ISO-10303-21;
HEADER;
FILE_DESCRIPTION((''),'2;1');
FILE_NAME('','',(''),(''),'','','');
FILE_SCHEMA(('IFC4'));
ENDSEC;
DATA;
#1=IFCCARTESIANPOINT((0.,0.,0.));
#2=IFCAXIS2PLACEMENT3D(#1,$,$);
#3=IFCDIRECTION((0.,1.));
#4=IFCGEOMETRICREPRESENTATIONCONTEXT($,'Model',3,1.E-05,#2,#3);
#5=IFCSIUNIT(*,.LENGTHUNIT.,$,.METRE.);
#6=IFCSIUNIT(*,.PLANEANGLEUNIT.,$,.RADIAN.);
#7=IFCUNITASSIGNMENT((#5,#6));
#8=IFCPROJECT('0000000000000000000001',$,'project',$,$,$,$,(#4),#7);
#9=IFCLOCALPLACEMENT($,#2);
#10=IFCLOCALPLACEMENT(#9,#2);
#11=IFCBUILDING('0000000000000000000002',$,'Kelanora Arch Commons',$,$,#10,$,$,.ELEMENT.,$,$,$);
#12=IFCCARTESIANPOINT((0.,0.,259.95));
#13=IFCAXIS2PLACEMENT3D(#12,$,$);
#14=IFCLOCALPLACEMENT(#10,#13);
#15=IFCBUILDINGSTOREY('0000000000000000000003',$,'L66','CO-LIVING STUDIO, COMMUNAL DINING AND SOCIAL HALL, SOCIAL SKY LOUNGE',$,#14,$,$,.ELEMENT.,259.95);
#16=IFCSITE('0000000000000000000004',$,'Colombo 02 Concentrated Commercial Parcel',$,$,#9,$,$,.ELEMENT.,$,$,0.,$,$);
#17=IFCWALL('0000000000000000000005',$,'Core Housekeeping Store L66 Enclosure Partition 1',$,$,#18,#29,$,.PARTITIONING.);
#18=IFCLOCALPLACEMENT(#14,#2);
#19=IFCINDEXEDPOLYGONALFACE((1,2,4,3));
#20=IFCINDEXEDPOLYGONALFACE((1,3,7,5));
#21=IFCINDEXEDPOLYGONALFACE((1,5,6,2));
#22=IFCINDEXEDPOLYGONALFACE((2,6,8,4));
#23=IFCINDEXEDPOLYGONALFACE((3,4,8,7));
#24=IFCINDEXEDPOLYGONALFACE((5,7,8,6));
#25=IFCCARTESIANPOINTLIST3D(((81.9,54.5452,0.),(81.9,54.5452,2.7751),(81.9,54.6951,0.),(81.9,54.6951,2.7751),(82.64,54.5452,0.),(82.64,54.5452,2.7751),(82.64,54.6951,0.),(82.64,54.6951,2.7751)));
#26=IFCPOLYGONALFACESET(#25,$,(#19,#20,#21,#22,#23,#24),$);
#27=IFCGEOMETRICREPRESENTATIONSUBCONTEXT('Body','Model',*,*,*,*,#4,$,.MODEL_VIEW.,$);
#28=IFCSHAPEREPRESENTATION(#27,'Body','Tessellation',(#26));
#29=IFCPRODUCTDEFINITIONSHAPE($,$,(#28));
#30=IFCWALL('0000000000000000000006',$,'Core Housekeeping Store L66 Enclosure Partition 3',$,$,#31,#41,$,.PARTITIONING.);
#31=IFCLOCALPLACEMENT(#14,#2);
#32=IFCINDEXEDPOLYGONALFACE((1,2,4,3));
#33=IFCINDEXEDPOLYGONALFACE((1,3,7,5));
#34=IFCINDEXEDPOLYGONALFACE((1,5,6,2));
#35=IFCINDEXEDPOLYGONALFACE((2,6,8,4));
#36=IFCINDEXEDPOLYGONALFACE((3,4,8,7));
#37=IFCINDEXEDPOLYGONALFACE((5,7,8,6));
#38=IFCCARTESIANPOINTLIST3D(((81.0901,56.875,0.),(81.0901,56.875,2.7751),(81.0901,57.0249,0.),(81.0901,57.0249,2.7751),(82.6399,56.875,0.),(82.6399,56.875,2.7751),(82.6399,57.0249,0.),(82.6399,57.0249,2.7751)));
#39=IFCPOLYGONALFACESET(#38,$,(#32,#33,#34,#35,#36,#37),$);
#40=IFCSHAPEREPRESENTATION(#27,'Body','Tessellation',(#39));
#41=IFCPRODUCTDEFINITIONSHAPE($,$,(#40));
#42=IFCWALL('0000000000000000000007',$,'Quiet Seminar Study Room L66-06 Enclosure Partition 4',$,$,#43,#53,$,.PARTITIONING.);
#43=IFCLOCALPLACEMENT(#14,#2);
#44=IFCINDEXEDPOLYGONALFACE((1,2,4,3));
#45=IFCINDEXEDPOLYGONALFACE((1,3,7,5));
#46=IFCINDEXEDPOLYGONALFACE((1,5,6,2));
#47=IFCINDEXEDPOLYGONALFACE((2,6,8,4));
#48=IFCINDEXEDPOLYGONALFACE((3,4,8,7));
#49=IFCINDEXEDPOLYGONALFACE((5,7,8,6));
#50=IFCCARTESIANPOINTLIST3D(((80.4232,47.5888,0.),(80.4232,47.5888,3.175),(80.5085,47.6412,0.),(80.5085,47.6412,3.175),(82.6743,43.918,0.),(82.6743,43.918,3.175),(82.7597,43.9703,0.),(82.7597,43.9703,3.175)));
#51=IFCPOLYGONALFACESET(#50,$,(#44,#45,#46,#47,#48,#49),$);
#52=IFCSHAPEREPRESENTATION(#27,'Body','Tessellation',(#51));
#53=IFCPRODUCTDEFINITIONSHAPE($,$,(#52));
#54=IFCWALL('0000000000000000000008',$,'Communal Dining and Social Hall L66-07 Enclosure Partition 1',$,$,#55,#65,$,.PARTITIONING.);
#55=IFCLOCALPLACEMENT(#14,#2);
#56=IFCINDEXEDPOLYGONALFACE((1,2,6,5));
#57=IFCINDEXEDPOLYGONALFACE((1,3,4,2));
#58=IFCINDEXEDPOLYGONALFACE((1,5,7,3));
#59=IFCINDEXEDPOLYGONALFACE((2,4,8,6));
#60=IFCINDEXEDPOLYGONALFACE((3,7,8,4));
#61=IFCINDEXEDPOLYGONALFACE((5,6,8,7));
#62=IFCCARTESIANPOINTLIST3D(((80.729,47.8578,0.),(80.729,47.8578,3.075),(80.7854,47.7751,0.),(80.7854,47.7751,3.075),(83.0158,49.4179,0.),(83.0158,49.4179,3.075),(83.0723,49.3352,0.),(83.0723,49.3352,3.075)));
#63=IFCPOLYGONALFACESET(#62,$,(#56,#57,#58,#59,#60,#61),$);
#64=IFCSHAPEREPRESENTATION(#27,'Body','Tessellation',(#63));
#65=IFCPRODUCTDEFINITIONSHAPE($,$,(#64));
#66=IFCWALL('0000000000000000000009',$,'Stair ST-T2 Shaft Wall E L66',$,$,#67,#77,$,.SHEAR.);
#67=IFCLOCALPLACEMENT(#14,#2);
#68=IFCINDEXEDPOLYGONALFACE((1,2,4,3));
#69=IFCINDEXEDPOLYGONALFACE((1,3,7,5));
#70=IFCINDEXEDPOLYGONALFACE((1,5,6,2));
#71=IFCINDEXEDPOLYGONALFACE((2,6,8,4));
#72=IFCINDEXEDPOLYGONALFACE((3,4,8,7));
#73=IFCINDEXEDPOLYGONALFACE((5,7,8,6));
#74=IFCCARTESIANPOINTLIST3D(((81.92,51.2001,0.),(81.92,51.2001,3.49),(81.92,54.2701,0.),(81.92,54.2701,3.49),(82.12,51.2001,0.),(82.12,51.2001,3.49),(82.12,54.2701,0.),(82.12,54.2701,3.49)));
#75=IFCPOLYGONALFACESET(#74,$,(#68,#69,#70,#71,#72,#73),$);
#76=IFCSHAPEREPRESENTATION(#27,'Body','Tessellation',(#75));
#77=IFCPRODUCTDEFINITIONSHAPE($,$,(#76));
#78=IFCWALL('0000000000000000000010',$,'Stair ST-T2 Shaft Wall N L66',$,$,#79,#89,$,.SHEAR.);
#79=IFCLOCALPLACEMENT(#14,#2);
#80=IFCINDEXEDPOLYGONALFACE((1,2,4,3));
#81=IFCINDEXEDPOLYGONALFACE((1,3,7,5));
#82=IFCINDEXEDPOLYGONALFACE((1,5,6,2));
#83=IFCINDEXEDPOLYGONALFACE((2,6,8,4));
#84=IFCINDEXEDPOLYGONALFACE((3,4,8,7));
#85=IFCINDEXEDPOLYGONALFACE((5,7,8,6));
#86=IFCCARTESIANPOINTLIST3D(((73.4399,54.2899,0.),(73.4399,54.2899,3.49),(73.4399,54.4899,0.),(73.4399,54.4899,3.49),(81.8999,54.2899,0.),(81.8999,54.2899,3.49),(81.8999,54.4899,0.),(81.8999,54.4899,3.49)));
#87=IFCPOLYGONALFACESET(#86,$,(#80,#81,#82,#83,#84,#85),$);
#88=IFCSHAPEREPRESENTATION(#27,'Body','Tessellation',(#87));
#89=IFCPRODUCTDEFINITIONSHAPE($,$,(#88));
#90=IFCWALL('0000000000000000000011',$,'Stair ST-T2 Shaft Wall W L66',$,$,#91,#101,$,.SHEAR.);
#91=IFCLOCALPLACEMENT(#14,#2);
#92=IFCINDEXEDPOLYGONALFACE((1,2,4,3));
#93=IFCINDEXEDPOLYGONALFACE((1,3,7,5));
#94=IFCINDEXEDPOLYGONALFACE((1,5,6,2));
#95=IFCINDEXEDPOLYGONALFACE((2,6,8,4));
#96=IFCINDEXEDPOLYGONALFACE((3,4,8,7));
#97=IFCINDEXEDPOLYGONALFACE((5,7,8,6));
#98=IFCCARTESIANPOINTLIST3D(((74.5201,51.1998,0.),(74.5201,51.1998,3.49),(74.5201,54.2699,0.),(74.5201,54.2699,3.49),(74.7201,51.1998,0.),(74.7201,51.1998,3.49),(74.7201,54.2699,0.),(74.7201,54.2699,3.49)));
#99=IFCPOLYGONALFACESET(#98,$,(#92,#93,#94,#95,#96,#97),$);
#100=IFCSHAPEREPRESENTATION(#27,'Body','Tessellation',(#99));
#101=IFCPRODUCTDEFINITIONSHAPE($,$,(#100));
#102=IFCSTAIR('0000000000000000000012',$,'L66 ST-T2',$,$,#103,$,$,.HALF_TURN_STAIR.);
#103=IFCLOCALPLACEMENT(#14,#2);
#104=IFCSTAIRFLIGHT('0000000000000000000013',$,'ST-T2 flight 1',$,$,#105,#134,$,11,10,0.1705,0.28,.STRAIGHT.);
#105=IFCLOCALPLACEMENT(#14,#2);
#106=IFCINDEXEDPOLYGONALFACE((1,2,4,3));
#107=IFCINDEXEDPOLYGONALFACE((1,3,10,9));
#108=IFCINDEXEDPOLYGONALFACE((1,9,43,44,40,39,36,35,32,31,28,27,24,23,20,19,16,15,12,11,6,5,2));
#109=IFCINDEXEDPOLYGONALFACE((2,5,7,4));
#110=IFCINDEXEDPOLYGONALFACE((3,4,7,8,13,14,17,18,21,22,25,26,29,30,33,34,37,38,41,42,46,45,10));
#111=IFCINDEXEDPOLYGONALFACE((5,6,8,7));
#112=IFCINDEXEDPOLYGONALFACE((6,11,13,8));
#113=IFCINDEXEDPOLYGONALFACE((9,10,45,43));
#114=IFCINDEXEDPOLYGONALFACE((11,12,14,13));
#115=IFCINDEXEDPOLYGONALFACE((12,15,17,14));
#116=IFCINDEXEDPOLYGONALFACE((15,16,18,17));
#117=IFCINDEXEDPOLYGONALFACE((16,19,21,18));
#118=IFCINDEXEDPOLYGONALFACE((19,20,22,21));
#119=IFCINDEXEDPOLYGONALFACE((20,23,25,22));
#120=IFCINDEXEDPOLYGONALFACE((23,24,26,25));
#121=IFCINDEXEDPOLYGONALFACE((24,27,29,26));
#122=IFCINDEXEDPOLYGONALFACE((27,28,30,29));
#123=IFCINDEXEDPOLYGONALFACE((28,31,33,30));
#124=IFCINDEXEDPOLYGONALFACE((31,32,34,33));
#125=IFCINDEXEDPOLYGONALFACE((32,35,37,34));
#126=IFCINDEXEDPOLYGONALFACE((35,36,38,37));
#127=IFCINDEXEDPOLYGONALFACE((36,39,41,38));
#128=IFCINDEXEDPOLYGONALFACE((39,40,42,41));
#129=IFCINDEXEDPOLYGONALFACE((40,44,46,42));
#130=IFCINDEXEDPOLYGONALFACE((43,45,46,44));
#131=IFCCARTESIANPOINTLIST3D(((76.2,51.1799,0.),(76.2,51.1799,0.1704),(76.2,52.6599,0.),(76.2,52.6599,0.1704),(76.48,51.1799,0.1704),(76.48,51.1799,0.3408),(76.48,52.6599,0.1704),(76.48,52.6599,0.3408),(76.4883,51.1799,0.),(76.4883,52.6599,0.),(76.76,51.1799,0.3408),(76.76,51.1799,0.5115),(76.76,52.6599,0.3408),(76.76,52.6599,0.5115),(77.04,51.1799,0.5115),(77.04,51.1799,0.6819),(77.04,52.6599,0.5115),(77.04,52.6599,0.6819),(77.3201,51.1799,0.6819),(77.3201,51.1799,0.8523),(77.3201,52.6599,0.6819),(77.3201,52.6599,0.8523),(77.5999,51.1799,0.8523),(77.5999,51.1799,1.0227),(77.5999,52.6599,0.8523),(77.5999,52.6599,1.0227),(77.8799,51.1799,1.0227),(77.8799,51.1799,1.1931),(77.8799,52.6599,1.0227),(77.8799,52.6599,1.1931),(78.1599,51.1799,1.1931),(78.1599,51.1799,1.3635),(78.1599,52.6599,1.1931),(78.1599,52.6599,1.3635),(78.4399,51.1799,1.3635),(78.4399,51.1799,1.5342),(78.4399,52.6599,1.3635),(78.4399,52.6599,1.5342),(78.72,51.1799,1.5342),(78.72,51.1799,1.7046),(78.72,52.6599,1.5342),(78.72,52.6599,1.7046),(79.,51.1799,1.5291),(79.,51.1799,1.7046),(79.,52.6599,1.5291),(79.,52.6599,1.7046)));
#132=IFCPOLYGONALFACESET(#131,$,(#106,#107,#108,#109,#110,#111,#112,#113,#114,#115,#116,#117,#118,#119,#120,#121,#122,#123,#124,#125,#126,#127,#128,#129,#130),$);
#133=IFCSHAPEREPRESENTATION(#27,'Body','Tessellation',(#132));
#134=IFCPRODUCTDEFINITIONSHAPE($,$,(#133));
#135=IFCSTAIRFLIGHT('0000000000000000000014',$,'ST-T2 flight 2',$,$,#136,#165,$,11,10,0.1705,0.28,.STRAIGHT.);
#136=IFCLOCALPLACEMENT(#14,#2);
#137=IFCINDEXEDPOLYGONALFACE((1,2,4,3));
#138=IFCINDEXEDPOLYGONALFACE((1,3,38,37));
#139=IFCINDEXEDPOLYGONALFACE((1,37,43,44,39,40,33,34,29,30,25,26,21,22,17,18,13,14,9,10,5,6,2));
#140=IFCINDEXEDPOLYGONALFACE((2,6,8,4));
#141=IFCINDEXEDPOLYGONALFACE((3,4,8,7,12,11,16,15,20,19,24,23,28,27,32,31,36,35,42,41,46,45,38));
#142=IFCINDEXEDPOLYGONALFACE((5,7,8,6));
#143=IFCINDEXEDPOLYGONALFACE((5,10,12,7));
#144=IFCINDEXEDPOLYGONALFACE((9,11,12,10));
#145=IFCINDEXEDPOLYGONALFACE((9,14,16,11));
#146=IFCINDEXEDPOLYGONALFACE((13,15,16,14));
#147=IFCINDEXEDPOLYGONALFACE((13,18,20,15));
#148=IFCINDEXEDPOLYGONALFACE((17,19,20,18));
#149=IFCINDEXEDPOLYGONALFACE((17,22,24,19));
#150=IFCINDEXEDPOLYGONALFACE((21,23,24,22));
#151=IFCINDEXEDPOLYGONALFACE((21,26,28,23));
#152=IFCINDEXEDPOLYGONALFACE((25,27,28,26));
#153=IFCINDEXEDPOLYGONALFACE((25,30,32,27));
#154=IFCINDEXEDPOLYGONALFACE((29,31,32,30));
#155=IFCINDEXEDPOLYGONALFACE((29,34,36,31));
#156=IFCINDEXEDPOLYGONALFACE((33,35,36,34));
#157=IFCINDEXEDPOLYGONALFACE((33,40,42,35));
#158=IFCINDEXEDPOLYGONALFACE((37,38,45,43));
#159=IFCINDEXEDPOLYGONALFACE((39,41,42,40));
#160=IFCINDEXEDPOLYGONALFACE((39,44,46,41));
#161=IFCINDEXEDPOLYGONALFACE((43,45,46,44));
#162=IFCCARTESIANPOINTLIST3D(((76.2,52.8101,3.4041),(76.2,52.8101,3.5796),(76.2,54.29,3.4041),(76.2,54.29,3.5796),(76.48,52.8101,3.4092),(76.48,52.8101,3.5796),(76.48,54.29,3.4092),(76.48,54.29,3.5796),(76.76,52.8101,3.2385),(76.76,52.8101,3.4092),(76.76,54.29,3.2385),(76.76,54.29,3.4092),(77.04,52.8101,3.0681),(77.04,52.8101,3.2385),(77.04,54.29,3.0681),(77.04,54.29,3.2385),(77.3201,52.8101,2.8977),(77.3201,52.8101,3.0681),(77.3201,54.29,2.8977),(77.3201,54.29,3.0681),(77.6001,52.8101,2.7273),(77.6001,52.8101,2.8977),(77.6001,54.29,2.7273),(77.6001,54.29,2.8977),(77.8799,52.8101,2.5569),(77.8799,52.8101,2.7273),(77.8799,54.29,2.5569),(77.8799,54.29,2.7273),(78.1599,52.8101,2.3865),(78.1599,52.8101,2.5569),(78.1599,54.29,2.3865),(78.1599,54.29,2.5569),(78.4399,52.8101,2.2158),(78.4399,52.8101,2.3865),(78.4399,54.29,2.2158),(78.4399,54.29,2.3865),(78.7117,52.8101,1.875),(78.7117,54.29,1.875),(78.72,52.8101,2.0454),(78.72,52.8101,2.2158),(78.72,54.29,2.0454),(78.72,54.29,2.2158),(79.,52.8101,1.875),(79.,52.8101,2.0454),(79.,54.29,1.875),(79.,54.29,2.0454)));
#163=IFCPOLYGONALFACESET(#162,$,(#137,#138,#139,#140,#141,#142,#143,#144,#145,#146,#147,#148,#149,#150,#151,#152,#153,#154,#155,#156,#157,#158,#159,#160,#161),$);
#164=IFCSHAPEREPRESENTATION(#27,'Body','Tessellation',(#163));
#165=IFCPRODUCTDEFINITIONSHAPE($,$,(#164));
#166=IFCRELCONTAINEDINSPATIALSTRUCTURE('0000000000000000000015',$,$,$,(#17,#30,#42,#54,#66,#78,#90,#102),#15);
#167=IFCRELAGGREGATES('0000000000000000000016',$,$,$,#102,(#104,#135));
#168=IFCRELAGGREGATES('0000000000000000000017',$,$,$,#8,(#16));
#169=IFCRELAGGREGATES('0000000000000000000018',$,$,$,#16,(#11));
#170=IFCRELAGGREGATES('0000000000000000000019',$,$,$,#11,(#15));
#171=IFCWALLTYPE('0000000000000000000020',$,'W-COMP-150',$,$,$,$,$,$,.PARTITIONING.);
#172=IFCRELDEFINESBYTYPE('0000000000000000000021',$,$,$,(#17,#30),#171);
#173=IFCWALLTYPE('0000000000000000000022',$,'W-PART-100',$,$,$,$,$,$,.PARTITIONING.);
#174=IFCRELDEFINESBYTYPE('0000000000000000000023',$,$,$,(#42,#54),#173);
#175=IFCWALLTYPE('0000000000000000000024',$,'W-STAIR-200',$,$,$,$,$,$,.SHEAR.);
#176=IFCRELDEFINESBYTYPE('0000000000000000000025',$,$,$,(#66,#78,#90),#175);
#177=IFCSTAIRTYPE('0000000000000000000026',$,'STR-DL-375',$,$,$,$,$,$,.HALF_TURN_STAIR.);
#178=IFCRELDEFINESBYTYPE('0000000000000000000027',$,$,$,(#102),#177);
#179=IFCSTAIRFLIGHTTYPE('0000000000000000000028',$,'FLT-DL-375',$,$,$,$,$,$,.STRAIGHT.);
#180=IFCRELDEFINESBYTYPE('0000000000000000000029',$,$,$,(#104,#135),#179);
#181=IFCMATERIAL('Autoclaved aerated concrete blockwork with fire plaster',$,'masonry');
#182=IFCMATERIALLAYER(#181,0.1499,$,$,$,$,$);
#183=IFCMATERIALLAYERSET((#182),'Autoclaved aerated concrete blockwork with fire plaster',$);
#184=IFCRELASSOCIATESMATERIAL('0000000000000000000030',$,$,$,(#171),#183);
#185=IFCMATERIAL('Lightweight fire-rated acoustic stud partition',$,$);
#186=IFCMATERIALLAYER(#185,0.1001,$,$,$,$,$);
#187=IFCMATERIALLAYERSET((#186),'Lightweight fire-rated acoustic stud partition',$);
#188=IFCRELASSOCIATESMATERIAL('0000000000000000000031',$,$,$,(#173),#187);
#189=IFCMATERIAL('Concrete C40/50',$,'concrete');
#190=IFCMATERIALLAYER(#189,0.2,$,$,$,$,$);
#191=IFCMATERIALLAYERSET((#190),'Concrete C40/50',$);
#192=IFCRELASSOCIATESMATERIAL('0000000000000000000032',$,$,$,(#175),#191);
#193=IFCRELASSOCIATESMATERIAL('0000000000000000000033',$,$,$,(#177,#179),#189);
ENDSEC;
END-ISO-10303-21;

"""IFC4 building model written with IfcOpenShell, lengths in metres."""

from ifc_helpers import new_model, si_unit, direction, frame, frame_2d, origin, place, context, subcontext, project, spatial, polyline, rectangle, outline, extrude, material, layer, layer_set, type_object, element, aggregate, save


model = new_model("IFC4")

# Units and contexts
model_context = context("Model", 3, precision=1e-05, world=origin(), true_north=direction((0.0, 1.0)))
body_context = subcontext(model_context, "Body", "Model", "MODEL_VIEW")
ifc_project = project(units=[si_unit("LENGTHUNIT", "METRE"), si_unit("PLANEANGLEUNIT", "RADIAN")], contexts=[model_context])

# Site, building, storey
site_placement = place(None, origin())
site = spatial("IfcSite", under=ifc_project, at=site_placement, Name="Colombo 02 Concentrated Commercial Parcel", CompositionType="ELEMENT", RefElevation=0.0)
building_placement = place(site_placement, origin())
building = spatial("IfcBuilding", under=site, at=building_placement, Name="Kelanora Arch Commons", CompositionType="ELEMENT")
storey_placement = place(building_placement, frame((0.0, 0.0, 259.95)))
storey = spatial("IfcBuildingStorey", under=building, at=storey_placement, Name="L66", Description="CO-LIVING STUDIO, COMMUNAL DINING AND SOCIAL HALL, SOCIAL SKY LOUNGE", CompositionType="ELEMENT", Elevation=259.95)

# Shared definitions
ifc_material_1 = material(Name="Autoclaved aerated concrete blockwork with fire plaster", Category="masonry")
ifc_layer_1 = layer(ifc_material_1, 0.1499)
ifc_layer_set_1 = layer_set([ifc_layer_1], Name="Autoclaved aerated concrete blockwork with fire plaster")
wall_type_1 = type_object("IfcWallType", Name="W-COMP-150", PredefinedType="PARTITIONING", material=ifc_layer_set_1)

# Walls
wall_1_placement = place(storey_placement, frame((81.8999, 54.6201, 0.0), z_axis=(0.0, 0.0, 1.0), x_axis=(1.0, 0.0, 0.0)))
element("IfcWall", 1, at=wall_1_placement, inside=storey, type_object=wall_type_1, Name="Core Housekeeping Store L66 Enclosure Partition 1", PredefinedType="PARTITIONING", context=body_context, shape_type="SweptSolid", body=[
    extrude(rectangle(XDim=0.74, YDim=0.1499, at=frame_2d((0.3701, 0.0))), origin(), (0.0, 0.0, 1.0), 2.7751),
])
wall_2_placement = place(storey_placement, frame((82.6399, 56.95, 0.0), z_axis=(0.0, 0.0, 1.0), x_axis=(-1.0, 0.0, 0.0)))
element("IfcWall", 2, at=wall_2_placement, inside=storey, type_object=wall_type_1, Name="Core Housekeeping Store L66 Enclosure Partition 3", PredefinedType="PARTITIONING", context=body_context, shape_type="SweptSolid", body=[
    extrude(rectangle(XDim=1.5498, YDim=0.1499, at=frame_2d((0.7749, 0.0))), origin(), (0.0, 0.0, 1.0), 2.7751),
])
ifc_material_2 = material(Name="Lightweight fire-rated acoustic stud partition")
ifc_layer_2 = layer(ifc_material_2, 0.1001)
ifc_layer_set_2 = layer_set([ifc_layer_2], Name="Lightweight fire-rated acoustic stud partition")
wall_type_2 = type_object("IfcWallType", Name="W-PART-100", PredefinedType="PARTITIONING", material=ifc_layer_set_2)
wall_3_placement = place(storey_placement, frame((80.4658, 47.615, 0.0), z_axis=(0.0, 0.0, 1.0), x_axis=(0.522784, -0.852465, 0.0)))
element("IfcWall", 3, at=wall_3_placement, inside=storey, type_object=wall_type_2, Name="Quiet Seminar Study Room L66-06 Enclosure Partition 4", PredefinedType="PARTITIONING", context=body_context, shape_type="SweptSolid", body=[
    extrude(rectangle(XDim=4.3062, YDim=0.1001, at=frame_2d((2.1531, 0.0))), origin(), (0.0, 0.0, 1.0), 3.175),
])
wall_4_placement = place(storey_placement, frame((80.7571, 47.8164, 0.0), z_axis=(0.0, 0.0, 1.0), x_axis=(0.826087, 0.563542, 0.0)))
element("IfcWall", 4, at=wall_4_placement, inside=storey, type_object=wall_type_2, Name="Communal Dining and Social Hall L66-07 Enclosure Partition 1", PredefinedType="PARTITIONING", context=body_context, shape_type="SweptSolid", body=[
    extrude(rectangle(XDim=2.7683, YDim=0.1001, at=frame_2d((1.3843, 0.0))), origin(), (0.0, 0.0, 1.0), 3.075),
])
ifc_material_3 = material(Name="Concrete C40/50", Category="concrete")
ifc_layer_3 = layer(ifc_material_3, 0.2)
ifc_layer_set_3 = layer_set([ifc_layer_3], Name="Concrete C40/50")
wall_type_3 = type_object("IfcWallType", Name="W-STAIR-200", PredefinedType="SHEAR", material=ifc_layer_set_3)
wall_5_placement = place(storey_placement, frame((82.02, 51.2, 0.0), z_axis=(0.0, 0.0, 1.0), x_axis=(0.0, 1.0, 0.0)))
element("IfcWall", 5, at=wall_5_placement, inside=storey, type_object=wall_type_3, Name="Stair ST-T2 Shaft Wall E L66", PredefinedType="SHEAR", context=body_context, shape_type="SweptSolid", body=[
    extrude(rectangle(XDim=3.0701, YDim=0.2, at=frame_2d((1.5352, 0.0))), origin(), (0.0, 0.0, 1.0), 3.49),
])
wall_6_placement = place(storey_placement, frame((81.8999, 54.3899, 0.0), z_axis=(0.0, 0.0, 1.0), x_axis=(-1.0, 0.0, 0.0)))
element("IfcWall", 6, at=wall_6_placement, inside=storey, type_object=wall_type_3, Name="Stair ST-T2 Shaft Wall N L66", PredefinedType="SHEAR", context=body_context, shape_type="SweptSolid", body=[
    extrude(rectangle(XDim=8.46, YDim=0.2, at=frame_2d((4.23, 0.0))), origin(), (0.0, 0.0, 1.0), 3.49),
])
wall_7_placement = place(storey_placement, frame((74.6201, 54.27, 0.0), z_axis=(0.0, 0.0, 1.0), x_axis=(0.0, -1.0, 0.0)))
element("IfcWall", 7, at=wall_7_placement, inside=storey, type_object=wall_type_3, Name="Stair ST-T2 Shaft Wall W L66", PredefinedType="SHEAR", context=body_context, shape_type="SweptSolid", body=[
    extrude(rectangle(XDim=3.0701, YDim=0.2, at=frame_2d((1.5352, 0.0))), origin(), (0.0, 0.0, 1.0), 3.49),
])

# Stair, stair flights
stair_type = type_object("IfcStairType", Name="STR-DL-375", PredefinedType="HALF_TURN_STAIR", material=ifc_material_3)
stair_placement = place(storey_placement, origin())
stair = element("IfcStair", 8, at=stair_placement, inside=storey, type_object=stair_type, Name="L66 ST-T2", PredefinedType="HALF_TURN_STAIR")
stair_flight_type = type_object("IfcStairFlightType", Name="FLT-DL-375", PredefinedType="STRAIGHT", material=ifc_material_3)
stair_flight_1_placement = place(storey_placement, frame((76.2, 51.9199, 0.0), z_axis=(0.0, 0.0, 1.0), x_axis=(1.0, 0.0, 0.0)))
stair_flight_1 = element("IfcStairFlight", 9, at=stair_flight_1_placement, type_object=stair_flight_type, Name="ST-T2 flight 1", NumberOfRisers=11, NumberOfTreads=10, PredefinedType="STRAIGHT", RiserHeight=0.1705, TreadLength=0.28, context=body_context, shape_type="SweptSolid", body=[
    extrude(outline(polyline([(0.0, 0.0), (0.0, 0.1704), (0.28, 0.1704), (0.28, 0.3408), (0.5601, 0.3408), (0.5601, 0.5115), (0.8401, 0.5115), (0.8401, 0.6819), (1.1201, 0.6819), (1.1201, 0.8523), (1.3999, 0.8523), (1.3999, 1.0227), (1.6799, 1.0227), (1.6799, 1.1931), (1.96, 1.1931), (1.96, 1.3635), (2.24, 1.3635), (2.24, 1.5342), (2.52, 1.5342), (2.52, 1.7046), (2.8, 1.7046), (2.8, 1.875), (2.8, 1.5291), (0.2883, 0.0), (0.0, 0.0)])), frame((0.0, 0.74, 0.0), z_axis=(0.0, -1.0, 0.0), x_axis=(1.0, 0.0, 0.0)), (0.0, 0.0, 1.0), 1.48),
])
stair_flight_2_placement = place(storey_placement, frame((79.0, 53.55, 1.875), z_axis=(0.0, 0.0, 1.0), x_axis=(-1.0, 0.0, 0.0)))
stair_flight_2 = element("IfcStairFlight", 10, at=stair_flight_2_placement, type_object=stair_flight_type, Name="ST-T2 flight 2", NumberOfRisers=11, NumberOfTreads=10, PredefinedType="STRAIGHT", RiserHeight=0.1705, TreadLength=0.28, context=body_context, shape_type="SweptSolid", body=[
    extrude(outline(polyline([(0.0, 0.0), (0.0, 0.1704), (0.28, 0.1704), (0.28, 0.3408), (0.5601, 0.3408), (0.5601, 0.5115), (0.8401, 0.5115), (0.8401, 0.6819), (1.1201, 0.6819), (1.1201, 0.8523), (1.3999, 0.8523), (1.3999, 1.0227), (1.6799, 1.0227), (1.6799, 1.1931), (1.96, 1.1931), (1.96, 1.3635), (2.24, 1.3635), (2.24, 1.5342), (2.52, 1.5342), (2.52, 1.7046), (2.8, 1.7046), (2.8, 1.875), (2.8, 1.5291), (0.2883, 0.0), (0.0, 0.0)])), frame((0.0, 0.74, 0.0), z_axis=(0.0, -1.0, 0.0), x_axis=(1.0, 0.0, 0.0)), (0.0, 0.0, 1.0), 1.48),
])
aggregate(stair, [stair_flight_1, stair_flight_2])

save(model, "model.ifc")
